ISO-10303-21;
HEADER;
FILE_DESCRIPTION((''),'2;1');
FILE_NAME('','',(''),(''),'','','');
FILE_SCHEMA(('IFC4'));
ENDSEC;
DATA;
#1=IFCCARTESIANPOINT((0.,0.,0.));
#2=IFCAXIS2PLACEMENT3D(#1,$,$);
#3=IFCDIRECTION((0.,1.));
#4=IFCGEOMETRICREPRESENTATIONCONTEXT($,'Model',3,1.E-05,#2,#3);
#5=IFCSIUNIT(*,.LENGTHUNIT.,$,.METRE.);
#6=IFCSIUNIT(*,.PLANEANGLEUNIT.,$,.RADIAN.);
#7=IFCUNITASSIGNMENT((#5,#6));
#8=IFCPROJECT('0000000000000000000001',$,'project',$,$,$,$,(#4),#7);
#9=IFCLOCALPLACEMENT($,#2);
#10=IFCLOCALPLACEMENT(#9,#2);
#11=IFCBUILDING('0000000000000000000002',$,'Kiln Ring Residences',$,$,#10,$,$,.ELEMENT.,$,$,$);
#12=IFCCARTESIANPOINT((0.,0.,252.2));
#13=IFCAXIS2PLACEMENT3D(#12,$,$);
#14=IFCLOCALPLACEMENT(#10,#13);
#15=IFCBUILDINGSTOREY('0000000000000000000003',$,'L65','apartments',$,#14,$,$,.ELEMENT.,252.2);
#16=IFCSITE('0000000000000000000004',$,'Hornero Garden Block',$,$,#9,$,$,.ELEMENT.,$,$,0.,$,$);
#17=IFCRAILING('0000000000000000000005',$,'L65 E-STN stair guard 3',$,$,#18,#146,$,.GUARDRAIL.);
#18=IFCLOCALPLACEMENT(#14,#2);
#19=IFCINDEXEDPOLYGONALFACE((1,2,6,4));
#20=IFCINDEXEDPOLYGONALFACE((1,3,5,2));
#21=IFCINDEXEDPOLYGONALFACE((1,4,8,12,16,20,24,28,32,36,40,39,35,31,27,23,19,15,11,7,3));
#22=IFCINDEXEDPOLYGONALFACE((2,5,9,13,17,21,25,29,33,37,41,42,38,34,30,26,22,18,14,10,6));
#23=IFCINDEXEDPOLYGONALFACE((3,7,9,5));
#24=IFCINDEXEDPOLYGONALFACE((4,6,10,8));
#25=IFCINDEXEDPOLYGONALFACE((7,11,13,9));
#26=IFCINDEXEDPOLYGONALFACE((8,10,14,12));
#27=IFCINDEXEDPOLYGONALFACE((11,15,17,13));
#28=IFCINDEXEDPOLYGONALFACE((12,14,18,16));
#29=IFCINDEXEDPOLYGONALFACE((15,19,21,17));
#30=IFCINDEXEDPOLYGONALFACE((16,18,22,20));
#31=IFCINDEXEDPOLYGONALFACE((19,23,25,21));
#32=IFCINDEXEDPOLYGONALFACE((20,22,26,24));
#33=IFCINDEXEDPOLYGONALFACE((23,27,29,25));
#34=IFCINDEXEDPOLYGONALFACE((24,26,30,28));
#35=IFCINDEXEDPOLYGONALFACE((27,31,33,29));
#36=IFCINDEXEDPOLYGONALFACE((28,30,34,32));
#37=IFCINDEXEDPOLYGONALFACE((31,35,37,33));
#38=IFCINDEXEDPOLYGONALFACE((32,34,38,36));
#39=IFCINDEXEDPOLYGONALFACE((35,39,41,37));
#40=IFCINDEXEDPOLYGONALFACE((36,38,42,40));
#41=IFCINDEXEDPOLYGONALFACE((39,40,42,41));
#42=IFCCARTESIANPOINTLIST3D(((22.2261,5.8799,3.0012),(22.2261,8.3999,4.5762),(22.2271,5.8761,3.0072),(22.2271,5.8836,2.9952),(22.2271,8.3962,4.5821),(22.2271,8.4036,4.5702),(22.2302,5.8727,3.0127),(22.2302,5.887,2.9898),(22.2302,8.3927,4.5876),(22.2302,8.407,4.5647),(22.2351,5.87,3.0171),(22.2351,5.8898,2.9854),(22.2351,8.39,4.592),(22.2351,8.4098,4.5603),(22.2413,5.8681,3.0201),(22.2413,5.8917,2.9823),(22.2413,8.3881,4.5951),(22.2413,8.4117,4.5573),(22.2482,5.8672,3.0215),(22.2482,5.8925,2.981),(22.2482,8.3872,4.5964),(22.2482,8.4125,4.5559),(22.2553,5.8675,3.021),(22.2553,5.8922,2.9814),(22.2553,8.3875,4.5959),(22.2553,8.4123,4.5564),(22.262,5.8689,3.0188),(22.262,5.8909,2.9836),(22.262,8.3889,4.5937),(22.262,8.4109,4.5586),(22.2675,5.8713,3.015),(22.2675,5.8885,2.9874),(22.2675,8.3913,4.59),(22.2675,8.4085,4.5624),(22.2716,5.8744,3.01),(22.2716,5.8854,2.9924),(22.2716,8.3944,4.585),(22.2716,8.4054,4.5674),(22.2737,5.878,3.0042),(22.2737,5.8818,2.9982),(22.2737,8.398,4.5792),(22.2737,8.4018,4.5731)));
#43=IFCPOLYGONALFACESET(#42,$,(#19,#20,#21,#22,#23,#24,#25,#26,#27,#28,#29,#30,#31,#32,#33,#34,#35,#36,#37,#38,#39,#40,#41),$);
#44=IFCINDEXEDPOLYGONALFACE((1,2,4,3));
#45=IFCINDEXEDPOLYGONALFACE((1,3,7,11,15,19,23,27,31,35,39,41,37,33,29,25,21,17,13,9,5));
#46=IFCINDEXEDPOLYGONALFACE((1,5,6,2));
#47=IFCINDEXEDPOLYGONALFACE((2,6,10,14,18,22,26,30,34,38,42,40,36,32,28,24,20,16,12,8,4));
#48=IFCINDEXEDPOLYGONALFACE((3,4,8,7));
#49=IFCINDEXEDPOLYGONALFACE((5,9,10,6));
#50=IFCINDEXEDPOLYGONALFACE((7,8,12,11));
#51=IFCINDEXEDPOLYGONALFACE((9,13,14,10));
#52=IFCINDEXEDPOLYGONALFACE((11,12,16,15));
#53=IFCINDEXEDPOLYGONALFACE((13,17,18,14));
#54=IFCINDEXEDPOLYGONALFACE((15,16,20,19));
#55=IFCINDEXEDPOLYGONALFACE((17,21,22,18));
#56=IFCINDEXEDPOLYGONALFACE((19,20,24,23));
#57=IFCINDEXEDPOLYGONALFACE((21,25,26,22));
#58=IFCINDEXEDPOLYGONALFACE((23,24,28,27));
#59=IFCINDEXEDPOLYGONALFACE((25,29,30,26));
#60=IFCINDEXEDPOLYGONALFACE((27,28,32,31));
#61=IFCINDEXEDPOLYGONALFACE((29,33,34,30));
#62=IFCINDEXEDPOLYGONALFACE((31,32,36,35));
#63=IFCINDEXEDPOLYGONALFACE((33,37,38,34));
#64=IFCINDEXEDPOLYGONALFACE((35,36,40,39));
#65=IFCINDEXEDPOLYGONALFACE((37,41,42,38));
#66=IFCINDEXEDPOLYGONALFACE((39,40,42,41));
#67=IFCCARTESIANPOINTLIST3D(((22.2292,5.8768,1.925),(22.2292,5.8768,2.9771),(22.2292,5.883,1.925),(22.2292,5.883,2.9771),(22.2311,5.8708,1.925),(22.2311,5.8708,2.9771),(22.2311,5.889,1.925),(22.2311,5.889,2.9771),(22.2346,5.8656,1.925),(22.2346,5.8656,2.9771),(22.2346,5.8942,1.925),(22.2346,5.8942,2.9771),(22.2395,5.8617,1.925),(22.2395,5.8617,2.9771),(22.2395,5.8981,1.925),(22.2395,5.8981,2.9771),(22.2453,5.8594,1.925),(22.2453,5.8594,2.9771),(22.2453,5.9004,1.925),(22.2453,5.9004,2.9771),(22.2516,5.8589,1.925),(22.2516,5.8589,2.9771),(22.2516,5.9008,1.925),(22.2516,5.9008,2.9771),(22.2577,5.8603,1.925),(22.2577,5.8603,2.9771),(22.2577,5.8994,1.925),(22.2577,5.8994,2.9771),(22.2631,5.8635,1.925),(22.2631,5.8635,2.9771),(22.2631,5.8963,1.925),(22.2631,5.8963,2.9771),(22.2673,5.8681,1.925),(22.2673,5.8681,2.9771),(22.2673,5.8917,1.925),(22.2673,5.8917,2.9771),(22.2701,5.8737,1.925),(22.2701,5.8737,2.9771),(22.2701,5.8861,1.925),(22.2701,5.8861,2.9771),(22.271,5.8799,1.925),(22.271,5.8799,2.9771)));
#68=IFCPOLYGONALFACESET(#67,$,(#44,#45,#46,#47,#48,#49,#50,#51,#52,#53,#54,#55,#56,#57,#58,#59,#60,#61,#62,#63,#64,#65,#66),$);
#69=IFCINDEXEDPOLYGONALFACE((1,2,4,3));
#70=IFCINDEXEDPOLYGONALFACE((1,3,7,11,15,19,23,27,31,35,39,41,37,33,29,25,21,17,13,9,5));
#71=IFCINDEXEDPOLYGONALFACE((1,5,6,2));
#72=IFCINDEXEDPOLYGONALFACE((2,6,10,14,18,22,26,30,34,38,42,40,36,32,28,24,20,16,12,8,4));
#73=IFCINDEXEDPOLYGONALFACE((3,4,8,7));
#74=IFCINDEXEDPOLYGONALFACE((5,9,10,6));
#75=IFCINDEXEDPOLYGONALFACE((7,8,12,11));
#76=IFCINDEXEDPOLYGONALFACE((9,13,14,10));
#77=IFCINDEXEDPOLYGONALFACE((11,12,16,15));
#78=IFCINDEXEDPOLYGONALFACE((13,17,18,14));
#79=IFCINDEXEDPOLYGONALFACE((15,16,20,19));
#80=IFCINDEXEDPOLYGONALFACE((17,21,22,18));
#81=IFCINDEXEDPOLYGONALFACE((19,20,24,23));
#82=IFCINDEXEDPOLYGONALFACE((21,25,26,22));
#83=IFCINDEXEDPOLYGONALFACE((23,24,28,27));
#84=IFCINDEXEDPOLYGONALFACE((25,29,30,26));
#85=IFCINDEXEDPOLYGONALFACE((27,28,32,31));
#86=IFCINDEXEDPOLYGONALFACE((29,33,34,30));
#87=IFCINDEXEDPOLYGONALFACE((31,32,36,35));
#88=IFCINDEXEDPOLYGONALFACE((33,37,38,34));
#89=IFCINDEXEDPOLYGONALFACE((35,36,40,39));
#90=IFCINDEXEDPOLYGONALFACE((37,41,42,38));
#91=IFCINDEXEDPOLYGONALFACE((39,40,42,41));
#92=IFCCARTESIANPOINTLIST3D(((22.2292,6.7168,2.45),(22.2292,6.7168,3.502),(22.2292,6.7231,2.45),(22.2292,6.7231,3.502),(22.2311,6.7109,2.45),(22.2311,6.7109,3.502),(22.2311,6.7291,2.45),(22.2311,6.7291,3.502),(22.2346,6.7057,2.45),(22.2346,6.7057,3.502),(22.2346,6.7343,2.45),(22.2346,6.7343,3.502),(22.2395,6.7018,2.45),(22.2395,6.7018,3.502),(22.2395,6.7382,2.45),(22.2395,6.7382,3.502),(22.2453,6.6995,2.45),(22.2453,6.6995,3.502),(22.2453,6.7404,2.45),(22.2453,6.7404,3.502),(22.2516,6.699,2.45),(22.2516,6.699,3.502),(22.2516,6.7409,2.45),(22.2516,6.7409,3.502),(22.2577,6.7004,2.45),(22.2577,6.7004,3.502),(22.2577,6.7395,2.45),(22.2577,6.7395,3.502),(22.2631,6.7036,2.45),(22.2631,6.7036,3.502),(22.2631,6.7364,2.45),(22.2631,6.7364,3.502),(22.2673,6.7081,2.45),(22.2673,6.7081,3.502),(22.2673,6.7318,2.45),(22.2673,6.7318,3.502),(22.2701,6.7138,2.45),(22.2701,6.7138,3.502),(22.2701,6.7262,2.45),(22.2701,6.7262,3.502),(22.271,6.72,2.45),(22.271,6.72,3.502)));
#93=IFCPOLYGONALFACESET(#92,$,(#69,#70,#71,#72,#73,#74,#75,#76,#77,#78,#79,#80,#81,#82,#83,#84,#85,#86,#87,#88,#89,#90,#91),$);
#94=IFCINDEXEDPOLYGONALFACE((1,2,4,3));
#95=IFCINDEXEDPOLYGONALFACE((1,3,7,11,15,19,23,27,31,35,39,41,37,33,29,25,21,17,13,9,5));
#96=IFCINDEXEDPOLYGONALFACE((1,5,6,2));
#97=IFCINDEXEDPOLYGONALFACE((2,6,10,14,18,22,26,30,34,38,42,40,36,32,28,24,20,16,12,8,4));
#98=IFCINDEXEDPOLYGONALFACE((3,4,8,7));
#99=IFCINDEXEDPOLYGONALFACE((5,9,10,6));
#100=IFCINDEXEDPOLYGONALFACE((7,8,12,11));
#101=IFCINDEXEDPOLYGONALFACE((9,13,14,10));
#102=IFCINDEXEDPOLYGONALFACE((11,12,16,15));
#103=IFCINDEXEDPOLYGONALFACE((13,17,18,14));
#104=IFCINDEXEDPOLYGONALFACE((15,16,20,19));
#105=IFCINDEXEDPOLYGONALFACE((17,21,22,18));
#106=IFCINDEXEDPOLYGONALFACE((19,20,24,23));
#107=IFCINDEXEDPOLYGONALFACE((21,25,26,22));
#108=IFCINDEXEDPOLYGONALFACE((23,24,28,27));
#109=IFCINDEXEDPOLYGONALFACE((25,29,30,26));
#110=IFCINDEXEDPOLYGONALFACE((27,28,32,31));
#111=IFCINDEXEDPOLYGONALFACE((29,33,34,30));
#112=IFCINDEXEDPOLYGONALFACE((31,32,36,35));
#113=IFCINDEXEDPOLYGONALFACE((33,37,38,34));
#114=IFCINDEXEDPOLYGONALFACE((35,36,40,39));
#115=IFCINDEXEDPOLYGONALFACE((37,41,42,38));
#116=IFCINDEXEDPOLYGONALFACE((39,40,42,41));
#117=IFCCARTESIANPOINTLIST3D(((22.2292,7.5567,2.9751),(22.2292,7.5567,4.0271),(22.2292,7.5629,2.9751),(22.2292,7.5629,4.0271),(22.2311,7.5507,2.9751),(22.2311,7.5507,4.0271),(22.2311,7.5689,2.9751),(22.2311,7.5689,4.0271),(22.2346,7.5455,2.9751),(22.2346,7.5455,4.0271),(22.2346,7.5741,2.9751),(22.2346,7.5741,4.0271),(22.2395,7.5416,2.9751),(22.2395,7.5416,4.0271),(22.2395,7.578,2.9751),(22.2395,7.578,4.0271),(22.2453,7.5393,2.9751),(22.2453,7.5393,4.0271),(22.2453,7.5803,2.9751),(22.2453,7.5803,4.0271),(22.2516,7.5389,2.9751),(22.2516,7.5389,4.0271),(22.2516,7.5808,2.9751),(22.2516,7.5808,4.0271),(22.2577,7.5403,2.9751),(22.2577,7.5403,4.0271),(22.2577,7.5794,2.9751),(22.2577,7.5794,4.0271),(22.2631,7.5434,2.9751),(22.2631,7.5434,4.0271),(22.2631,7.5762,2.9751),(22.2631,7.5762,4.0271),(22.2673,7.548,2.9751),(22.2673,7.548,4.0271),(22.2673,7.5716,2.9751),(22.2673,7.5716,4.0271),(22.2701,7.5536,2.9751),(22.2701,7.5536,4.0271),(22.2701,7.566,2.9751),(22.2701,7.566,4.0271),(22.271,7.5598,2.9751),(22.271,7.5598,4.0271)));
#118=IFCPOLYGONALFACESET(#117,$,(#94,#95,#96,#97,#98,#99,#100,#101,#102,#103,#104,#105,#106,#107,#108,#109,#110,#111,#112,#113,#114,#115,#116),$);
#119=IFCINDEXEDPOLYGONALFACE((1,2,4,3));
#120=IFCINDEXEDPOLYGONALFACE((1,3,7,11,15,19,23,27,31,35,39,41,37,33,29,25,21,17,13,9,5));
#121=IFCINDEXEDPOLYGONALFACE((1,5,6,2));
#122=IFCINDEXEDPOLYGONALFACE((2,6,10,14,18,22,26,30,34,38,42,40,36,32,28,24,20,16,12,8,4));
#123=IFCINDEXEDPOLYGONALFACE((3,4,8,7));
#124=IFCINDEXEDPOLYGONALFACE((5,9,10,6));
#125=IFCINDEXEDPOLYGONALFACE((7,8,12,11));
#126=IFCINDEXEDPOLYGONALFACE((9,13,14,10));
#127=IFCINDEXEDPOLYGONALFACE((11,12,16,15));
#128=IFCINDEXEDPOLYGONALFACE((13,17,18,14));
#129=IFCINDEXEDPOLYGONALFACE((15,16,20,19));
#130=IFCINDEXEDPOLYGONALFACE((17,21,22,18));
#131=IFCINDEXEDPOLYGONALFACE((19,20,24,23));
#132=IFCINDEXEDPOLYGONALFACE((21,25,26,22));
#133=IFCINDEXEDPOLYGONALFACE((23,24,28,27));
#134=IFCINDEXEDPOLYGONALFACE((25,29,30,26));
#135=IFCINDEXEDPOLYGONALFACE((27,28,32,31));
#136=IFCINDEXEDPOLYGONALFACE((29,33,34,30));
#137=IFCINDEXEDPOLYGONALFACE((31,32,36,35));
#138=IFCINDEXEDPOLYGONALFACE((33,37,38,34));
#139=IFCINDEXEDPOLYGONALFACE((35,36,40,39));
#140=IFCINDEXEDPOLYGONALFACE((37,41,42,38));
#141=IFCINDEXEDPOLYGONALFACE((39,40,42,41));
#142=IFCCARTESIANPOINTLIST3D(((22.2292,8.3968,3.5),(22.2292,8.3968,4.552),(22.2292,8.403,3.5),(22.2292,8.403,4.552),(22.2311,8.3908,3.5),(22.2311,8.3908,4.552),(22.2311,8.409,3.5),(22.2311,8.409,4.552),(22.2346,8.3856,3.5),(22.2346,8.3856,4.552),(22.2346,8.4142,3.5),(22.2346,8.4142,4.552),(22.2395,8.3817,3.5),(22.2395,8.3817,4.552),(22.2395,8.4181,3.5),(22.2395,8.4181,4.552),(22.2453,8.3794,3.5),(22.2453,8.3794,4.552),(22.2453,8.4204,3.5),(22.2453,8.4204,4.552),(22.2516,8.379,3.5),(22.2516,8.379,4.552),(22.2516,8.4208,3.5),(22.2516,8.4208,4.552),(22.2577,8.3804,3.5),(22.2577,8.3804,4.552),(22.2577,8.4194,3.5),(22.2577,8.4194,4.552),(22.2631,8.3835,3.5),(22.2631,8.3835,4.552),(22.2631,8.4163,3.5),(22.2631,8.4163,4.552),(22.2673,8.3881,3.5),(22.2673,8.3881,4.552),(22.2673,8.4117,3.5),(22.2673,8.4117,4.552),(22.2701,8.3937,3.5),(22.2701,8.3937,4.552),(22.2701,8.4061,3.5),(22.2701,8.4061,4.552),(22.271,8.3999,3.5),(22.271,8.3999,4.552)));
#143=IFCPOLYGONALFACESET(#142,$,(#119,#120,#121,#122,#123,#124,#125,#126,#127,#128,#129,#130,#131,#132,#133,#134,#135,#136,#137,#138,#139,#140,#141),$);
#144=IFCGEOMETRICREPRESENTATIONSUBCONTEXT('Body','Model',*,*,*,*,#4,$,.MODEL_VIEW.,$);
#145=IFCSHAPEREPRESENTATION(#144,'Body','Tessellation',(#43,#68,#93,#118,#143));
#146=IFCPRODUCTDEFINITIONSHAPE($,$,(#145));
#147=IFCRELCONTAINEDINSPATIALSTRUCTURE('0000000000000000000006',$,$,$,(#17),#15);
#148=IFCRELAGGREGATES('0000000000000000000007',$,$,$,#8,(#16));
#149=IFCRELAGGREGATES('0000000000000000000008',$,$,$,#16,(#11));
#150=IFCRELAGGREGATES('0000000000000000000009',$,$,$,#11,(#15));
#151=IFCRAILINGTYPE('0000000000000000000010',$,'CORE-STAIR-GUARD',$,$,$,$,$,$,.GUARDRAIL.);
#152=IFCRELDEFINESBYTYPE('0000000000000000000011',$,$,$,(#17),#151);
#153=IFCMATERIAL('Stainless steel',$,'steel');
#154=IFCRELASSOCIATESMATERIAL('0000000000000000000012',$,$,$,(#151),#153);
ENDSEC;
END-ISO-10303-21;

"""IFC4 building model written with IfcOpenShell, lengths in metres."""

from ifc_helpers import new_model, si_unit, direction, frame, origin, origin_2d, place, context, subcontext, project, spatial, circle, extrude, material, type_object, element, save


model = new_model("IFC4")

# Units and contexts
model_context = context("Model", 3, precision=1e-05, world=origin(), true_north=direction((0.0, 1.0)))
body_context = subcontext(model_context, "Body", "Model", "MODEL_VIEW")
ifc_project = project(units=[si_unit("LENGTHUNIT", "METRE"), si_unit("PLANEANGLEUNIT", "RADIAN")], contexts=[model_context])

# Site, building, storey
site_placement = place(None, origin())
site = spatial("IfcSite", under=ifc_project, at=site_placement, Name="Hornero Garden Block", CompositionType="ELEMENT", RefElevation=0.0)
building_placement = place(site_placement, origin())
building = spatial("IfcBuilding", under=site, at=building_placement, Name="Kiln Ring Residences", CompositionType="ELEMENT")
storey_placement = place(building_placement, frame((0.0, 0.0, 252.2)))
storey = spatial("IfcBuildingStorey", under=building, at=storey_placement, Name="L65", Description="apartments", CompositionType="ELEMENT", Elevation=252.2)

# Railing
ifc_material_1 = material(Name="Stainless steel", Category="steel")
railing_type_1 = type_object("IfcRailingType", Name="CORE-STAIR-GUARD", PredefinedType="GUARDRAIL", material=ifc_material_1)
railing_1_placement = place(storey_placement, frame((22.25, 5.8799, 1.925)))
element("IfcRailing", 1, at=railing_1_placement, inside=storey, type_object=railing_type_1, Name="L65 E-STN stair guard 3", PredefinedType="GUARDRAIL", context=body_context, shape_type="SweptSolid", body=[
    extrude(circle(Radius=0.0239, at=origin_2d()), frame((0.0, 0.0, 1.0762), z_axis=(0.0, 0.848008, 0.529984), x_axis=(-1.0, 0.0, 0.0)), (0.0, 0.0, 1.0), 2.9717),
    extrude(circle(Radius=0.021, at=origin_2d()), origin(), (0.0, 0.0, 1.0), 1.052),
    extrude(circle(Radius=0.021, at=origin_2d()), frame((0.0, 0.8401, 0.5249)), (0.0, 0.0, 1.0), 1.052),
    extrude(circle(Radius=0.021, at=origin_2d()), frame((0.0, 1.6799, 1.05)), (0.0, 0.0, 1.0), 1.052),
    extrude(circle(Radius=0.021, at=origin_2d()), frame((0.0, 2.52, 1.575)), (0.0, 0.0, 1.0), 1.052),
])

save(model, "model.ifc")
